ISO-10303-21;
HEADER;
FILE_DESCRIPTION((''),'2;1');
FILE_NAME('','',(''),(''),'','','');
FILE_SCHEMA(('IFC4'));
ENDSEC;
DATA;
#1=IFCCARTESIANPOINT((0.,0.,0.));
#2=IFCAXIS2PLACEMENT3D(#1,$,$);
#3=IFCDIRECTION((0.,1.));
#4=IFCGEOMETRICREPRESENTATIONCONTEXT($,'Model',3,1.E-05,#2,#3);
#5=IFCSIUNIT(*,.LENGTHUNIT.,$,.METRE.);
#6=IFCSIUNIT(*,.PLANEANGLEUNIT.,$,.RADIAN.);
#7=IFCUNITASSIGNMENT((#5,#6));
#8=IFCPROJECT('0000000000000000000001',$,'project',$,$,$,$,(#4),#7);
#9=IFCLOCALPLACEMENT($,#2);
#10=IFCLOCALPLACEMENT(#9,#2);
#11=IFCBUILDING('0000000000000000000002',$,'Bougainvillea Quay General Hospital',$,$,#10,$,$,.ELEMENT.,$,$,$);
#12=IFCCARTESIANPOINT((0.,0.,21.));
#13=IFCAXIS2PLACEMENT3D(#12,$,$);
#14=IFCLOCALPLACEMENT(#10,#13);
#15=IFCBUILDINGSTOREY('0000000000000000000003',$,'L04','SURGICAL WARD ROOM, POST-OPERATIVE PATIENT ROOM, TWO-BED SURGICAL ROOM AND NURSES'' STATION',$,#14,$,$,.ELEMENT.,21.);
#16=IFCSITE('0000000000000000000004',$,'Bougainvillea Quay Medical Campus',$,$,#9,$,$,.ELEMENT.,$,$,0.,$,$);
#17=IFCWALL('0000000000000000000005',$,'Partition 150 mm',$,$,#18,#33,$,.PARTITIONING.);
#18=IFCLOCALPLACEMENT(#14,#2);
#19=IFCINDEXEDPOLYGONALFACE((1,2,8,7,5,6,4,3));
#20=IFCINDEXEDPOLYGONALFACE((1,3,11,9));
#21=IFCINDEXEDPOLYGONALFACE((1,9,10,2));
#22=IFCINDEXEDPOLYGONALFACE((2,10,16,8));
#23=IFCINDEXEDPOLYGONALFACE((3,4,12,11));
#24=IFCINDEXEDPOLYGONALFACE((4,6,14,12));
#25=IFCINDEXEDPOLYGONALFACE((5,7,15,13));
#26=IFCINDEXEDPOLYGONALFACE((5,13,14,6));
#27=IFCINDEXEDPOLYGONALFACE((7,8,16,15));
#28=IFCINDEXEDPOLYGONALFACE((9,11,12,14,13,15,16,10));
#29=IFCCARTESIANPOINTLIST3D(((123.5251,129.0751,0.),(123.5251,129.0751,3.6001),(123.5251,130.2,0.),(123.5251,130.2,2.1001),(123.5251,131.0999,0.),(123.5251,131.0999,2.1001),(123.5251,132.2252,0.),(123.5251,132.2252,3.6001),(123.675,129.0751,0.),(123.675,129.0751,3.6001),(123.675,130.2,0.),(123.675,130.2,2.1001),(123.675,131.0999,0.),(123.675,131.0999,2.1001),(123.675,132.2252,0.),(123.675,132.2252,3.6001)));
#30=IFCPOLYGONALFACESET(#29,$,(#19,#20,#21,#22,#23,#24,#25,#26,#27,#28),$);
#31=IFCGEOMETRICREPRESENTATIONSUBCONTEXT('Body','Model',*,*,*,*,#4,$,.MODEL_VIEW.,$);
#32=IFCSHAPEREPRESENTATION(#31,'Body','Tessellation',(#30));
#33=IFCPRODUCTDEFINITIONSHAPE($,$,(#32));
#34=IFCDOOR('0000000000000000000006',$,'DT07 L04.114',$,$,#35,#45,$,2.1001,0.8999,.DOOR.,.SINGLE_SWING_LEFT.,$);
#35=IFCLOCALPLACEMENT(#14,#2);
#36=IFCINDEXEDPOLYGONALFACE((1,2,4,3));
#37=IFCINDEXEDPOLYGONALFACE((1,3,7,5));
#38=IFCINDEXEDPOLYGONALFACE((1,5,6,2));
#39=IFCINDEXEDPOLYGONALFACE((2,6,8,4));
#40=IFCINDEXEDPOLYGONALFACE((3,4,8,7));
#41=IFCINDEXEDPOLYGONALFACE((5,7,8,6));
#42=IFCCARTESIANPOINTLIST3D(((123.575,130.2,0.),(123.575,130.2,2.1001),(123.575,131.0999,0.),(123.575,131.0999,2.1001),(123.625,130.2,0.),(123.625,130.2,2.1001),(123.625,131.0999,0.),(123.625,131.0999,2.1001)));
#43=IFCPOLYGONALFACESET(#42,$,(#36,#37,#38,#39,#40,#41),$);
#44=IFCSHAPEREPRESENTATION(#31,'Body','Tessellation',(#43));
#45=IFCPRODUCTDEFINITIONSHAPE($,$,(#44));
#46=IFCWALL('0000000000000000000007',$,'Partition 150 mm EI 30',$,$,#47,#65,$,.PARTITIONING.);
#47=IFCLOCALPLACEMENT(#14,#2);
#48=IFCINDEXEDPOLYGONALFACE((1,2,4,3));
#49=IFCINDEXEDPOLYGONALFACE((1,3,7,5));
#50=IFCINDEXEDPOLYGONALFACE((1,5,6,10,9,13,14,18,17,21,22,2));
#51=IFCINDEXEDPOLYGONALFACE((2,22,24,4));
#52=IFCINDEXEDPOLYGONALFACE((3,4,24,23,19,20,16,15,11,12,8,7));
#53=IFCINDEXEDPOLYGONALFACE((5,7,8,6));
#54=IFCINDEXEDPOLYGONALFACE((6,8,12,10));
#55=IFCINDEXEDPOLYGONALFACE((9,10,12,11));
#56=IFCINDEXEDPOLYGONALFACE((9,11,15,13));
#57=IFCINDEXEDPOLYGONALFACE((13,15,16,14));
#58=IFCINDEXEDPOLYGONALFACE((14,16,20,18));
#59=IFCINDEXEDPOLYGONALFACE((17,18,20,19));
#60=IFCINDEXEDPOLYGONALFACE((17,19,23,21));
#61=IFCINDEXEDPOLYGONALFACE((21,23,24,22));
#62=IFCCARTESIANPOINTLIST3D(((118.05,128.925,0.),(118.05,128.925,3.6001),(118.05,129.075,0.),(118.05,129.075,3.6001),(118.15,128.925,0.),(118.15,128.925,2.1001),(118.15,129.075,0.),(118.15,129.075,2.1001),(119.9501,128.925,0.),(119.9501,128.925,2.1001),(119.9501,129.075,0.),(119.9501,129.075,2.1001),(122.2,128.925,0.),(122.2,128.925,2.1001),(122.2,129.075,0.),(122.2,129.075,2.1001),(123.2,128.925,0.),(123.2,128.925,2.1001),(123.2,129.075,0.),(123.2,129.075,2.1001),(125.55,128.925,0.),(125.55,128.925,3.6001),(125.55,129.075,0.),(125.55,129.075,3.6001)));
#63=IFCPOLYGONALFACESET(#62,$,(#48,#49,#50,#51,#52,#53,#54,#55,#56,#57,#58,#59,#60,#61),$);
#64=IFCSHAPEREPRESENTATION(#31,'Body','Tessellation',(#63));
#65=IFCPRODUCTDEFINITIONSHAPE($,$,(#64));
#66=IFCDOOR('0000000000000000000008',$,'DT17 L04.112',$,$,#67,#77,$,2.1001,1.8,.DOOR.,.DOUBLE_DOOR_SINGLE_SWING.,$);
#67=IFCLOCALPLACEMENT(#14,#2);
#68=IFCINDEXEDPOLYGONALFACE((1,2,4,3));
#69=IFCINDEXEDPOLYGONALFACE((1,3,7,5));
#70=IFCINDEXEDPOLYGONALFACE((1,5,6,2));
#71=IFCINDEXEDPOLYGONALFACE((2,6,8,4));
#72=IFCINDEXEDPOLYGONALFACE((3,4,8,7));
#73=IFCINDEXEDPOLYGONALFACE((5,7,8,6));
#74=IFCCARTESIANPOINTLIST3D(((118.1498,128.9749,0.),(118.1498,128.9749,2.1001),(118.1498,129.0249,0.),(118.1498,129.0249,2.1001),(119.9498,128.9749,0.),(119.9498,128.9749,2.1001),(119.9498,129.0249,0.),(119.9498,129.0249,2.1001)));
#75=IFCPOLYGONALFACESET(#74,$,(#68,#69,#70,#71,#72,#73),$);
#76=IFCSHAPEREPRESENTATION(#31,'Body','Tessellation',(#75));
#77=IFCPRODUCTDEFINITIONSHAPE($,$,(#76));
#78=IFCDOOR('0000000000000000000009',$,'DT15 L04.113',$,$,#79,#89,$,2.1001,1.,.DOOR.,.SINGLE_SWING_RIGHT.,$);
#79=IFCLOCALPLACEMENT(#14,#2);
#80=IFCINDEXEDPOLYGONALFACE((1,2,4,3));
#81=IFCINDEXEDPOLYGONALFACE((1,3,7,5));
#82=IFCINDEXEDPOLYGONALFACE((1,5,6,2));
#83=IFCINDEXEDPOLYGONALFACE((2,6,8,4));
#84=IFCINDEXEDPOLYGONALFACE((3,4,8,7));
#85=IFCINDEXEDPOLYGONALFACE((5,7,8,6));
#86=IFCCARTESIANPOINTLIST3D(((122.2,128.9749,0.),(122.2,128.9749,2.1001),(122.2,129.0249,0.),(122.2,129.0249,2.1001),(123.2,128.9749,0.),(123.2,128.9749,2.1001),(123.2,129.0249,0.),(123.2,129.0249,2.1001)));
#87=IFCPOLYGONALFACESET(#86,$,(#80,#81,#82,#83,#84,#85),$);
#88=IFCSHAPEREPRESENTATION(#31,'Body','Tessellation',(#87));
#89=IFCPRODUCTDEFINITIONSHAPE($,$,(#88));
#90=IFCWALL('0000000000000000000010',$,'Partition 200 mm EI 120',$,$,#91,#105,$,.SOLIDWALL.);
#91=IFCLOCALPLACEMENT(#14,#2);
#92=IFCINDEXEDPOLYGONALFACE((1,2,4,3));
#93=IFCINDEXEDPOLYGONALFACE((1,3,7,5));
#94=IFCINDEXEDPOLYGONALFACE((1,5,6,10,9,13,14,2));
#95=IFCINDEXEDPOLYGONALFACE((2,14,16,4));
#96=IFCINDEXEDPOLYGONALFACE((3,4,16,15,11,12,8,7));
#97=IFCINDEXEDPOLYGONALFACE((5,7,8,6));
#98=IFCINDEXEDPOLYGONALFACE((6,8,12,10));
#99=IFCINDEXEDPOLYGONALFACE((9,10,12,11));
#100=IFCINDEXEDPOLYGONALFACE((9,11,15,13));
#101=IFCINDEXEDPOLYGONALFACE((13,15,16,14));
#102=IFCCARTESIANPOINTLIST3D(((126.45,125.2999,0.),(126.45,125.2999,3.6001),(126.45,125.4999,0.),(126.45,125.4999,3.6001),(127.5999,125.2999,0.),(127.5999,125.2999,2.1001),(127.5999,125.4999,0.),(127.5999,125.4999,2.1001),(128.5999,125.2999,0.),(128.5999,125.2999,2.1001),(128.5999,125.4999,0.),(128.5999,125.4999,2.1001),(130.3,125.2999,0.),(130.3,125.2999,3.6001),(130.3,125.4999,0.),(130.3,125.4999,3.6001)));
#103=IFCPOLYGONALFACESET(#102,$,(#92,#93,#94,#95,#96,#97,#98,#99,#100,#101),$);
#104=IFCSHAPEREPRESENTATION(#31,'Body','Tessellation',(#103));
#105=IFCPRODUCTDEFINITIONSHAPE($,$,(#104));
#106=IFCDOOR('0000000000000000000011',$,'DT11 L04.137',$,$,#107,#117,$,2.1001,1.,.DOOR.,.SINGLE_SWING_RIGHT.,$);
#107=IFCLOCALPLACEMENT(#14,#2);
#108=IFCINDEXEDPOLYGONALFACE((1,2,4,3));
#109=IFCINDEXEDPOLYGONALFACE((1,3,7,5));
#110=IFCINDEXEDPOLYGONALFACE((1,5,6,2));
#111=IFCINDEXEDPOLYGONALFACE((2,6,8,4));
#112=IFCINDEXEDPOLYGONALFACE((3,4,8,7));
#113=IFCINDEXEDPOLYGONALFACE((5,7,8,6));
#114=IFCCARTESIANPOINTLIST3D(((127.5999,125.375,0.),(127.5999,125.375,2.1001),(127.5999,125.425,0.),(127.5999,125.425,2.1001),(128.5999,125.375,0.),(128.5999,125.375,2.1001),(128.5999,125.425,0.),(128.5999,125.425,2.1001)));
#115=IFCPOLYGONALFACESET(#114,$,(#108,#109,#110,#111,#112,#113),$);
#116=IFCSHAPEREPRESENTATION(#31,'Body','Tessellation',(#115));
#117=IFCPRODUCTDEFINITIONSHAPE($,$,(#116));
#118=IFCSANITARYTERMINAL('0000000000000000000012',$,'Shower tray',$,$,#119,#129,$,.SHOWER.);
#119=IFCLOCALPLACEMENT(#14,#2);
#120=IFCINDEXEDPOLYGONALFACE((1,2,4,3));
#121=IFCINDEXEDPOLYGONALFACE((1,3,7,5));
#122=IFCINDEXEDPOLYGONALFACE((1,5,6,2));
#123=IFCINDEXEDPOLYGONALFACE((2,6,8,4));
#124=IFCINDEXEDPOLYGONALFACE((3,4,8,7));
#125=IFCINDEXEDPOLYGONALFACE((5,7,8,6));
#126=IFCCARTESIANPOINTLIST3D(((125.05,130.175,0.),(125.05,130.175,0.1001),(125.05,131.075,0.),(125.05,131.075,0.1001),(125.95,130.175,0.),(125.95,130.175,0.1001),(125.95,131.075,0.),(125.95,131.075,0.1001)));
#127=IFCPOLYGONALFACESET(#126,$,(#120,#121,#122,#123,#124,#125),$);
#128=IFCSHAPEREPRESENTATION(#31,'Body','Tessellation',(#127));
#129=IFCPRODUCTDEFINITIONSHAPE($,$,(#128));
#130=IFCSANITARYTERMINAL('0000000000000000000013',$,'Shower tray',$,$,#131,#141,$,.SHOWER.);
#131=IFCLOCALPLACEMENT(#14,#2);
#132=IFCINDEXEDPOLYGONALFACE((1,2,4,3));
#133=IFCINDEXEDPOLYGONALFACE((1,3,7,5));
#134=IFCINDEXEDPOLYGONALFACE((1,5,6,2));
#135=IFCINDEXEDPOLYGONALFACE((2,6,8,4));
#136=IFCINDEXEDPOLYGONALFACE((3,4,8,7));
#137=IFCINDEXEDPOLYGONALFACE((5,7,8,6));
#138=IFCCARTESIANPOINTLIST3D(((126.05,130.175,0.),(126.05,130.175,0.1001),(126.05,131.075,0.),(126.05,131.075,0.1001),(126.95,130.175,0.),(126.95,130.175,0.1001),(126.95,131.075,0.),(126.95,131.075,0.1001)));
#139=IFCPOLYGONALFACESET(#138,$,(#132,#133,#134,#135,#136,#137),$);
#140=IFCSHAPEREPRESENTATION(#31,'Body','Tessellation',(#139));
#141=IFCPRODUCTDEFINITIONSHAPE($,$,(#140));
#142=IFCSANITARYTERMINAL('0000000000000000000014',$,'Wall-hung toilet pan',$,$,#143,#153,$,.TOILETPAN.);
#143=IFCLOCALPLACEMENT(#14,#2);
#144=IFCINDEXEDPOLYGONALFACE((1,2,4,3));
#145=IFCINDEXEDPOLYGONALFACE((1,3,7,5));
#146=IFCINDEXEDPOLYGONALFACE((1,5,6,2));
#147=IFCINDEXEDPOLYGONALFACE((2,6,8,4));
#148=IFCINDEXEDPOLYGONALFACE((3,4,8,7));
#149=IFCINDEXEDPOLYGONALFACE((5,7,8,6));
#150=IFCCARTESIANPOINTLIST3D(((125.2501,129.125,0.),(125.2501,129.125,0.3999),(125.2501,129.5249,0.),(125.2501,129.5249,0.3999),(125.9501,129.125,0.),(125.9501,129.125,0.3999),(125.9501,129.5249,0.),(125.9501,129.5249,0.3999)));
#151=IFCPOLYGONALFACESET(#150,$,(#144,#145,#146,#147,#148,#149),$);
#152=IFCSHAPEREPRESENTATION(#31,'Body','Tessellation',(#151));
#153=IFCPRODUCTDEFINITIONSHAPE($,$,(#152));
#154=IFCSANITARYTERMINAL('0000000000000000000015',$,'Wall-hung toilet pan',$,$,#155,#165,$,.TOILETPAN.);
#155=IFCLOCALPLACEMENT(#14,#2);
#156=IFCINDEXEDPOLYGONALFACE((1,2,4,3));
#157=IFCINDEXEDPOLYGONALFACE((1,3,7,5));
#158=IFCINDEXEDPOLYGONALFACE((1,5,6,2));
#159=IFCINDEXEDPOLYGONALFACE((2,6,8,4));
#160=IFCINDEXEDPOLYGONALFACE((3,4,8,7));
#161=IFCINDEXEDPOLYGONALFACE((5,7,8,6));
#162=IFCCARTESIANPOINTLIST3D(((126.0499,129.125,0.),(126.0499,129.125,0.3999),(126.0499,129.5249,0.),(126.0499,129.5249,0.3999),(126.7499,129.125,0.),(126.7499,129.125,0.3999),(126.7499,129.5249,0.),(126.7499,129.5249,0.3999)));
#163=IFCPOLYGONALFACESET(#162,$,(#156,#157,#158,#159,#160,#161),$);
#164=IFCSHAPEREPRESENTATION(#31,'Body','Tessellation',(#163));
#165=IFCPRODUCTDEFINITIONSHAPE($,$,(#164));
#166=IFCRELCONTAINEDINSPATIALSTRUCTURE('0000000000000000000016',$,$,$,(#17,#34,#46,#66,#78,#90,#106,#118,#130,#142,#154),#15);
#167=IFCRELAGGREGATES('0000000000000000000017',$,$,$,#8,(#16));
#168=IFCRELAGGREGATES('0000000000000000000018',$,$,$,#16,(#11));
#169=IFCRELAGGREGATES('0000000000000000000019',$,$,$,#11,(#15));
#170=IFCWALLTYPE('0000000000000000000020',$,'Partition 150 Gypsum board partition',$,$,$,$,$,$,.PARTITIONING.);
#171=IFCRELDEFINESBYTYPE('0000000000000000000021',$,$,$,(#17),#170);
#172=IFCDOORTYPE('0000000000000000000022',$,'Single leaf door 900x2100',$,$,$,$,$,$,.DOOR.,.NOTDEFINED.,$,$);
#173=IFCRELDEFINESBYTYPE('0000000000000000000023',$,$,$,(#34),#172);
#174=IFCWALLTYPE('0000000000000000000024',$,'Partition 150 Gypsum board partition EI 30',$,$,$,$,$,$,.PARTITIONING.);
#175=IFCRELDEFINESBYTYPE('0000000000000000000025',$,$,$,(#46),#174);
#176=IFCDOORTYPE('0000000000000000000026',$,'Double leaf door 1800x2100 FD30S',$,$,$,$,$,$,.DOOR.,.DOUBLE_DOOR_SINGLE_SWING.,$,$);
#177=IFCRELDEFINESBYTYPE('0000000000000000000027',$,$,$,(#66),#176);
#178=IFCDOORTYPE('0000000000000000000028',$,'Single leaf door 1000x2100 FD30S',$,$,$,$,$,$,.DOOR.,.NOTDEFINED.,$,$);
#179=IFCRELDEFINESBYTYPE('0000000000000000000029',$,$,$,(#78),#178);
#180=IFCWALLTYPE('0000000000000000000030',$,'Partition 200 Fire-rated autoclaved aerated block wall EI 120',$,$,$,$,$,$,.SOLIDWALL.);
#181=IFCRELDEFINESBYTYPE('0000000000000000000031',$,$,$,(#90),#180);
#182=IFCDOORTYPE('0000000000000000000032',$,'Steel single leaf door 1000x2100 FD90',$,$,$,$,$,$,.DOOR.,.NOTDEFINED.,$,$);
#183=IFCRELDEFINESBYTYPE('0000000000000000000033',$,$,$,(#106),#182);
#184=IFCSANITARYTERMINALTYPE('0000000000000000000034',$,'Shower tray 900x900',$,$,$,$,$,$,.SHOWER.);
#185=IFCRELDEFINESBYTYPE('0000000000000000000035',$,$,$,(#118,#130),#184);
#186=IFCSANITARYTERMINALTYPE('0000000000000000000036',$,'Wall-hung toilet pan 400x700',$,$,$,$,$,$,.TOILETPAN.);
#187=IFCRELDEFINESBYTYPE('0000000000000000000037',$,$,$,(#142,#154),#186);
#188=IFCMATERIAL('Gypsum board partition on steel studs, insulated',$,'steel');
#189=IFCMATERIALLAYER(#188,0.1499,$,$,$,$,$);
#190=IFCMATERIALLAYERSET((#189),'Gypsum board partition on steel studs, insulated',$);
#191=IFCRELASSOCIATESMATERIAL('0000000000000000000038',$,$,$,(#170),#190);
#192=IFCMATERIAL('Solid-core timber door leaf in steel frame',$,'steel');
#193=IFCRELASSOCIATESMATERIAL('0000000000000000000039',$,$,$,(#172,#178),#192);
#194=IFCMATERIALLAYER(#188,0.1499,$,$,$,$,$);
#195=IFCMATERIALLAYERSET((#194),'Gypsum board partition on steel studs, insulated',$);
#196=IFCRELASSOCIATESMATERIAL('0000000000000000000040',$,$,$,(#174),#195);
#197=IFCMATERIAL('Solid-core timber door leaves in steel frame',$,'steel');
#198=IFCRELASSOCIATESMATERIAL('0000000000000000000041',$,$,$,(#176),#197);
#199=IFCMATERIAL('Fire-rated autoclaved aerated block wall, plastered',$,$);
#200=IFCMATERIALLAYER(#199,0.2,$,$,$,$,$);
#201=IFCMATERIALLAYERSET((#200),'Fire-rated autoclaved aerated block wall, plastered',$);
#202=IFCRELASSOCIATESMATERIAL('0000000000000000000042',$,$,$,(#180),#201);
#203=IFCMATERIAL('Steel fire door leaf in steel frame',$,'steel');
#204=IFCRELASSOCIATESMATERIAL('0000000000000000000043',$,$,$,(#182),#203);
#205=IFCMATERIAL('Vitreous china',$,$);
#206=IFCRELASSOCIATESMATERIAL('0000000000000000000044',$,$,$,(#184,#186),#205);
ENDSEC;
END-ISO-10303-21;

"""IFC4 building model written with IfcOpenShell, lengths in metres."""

from ifc_helpers import new_model, si_unit, direction, frame, frame_2d, origin, origin_2d, place, context, subcontext, project, spatial, rectangle, extrude, material, layer, layer_set, type_object, element, fill, save


model = new_model("IFC4")

# Units and contexts
model_context = context("Model", 3, precision=1e-05, world=origin(), true_north=direction((0.0, 1.0)))
body_context = subcontext(model_context, "Body", "Model", "MODEL_VIEW")
ifc_project = project(units=[si_unit("LENGTHUNIT", "METRE"), si_unit("PLANEANGLEUNIT", "RADIAN")], contexts=[model_context])

# Site, building, storey
site_placement = place(None, origin())
site = spatial("IfcSite", under=ifc_project, at=site_placement, Name="Bougainvillea Quay Medical Campus", CompositionType="ELEMENT", RefElevation=0.0)
building_placement = place(site_placement, origin())
building = spatial("IfcBuilding", under=site, at=building_placement, Name="Bougainvillea Quay General Hospital", CompositionType="ELEMENT")
storey_placement = place(building_placement, frame((0.0, 0.0, 21.0)))
storey = spatial("IfcBuildingStorey", under=building, at=storey_placement, Name="L04", Description="SURGICAL WARD ROOM, POST-OPERATIVE PATIENT ROOM, TWO-BED SURGICAL ROOM AND NURSES' STATION", CompositionType="ELEMENT", Elevation=21.0)

# Shared definitions
ifc_material_1 = material(Name="Gypsum board partition on steel studs, insulated", Category="steel")
ifc_layer_1 = layer(ifc_material_1, 0.1499)
ifc_layer_set_1 = layer_set([ifc_layer_1], Name="Gypsum board partition on steel studs, insulated")
wall_type_1 = type_object("IfcWallType", Name="Partition 150 Gypsum board partition", PredefinedType="PARTITIONING", material=ifc_layer_set_1)

# Wall, opening, door
wall_1_placement = place(storey_placement, frame((123.6001, 129.075, 0.0), z_axis=(0.0, 0.0, 1.0), x_axis=(0.0, 1.0, 0.0)))
wall_1 = element("IfcWall", 1, at=wall_1_placement, inside=storey, type_object=wall_type_1, Name="Partition 150 mm", PredefinedType="PARTITIONING", context=body_context, shape_type="SweptSolid", body=[
    extrude(rectangle(XDim=3.1501, YDim=0.1499, at=frame_2d((1.5752, 0.0))), origin(), (0.0, 0.0, 1.0), 3.6001),
])
opening_1_placement = place(wall_1_placement, frame((1.125, 0.0, 0.0)))
opening_1 = element("IfcOpeningElement", 2, at=opening_1_placement, cuts=wall_1, PredefinedType="OPENING", context=body_context, shape_type="SweptSolid", body=[
    extrude(rectangle(XDim=0.8999, YDim=2.1001, at=frame_2d((0.45, 1.05))), frame((0.0, 0.085, 0.0), z_axis=(0.0, -1.0, 0.0), x_axis=(1.0, 0.0, 0.0)), (0.0, 0.0, 1.0), 0.1699),
])
ifc_material_2 = material(Name="Solid-core timber door leaf in steel frame", Category="steel")
door_type_1 = type_object("IfcDoorType", Name="Single leaf door 900x2100", OperationType="NOTDEFINED", PredefinedType="DOOR", material=ifc_material_2)
door_1_placement = place(opening_1_placement, frame((0.8999, 0.0, 0.0), z_axis=(0.0, 0.0, 1.0), x_axis=(-1.0, 0.0, 0.0)))
door_1 = element("IfcDoor", 3, at=door_1_placement, inside=storey, type_object=door_type_1, Name="DT07 L04.114", OperationType="SINGLE_SWING_LEFT", OverallHeight=2.1001, OverallWidth=0.8999, PredefinedType="DOOR", context=body_context, shape_type="SweptSolid", body=[
    extrude(rectangle(XDim=0.8999, YDim=2.1001, at=frame_2d((0.45, 1.05))), frame((0.0, 0.0249, 0.0), z_axis=(0.0, -1.0, 0.0), x_axis=(1.0, 0.0, 0.0)), (0.0, 0.0, 1.0), 0.05),
])
fill(opening_1, door_1)

# Wall, openings, doors
ifc_layer_2 = layer(ifc_material_1, 0.1499)
ifc_layer_set_2 = layer_set([ifc_layer_2], Name="Gypsum board partition on steel studs, insulated")
wall_type_2 = type_object("IfcWallType", Name="Partition 150 Gypsum board partition EI 30", PredefinedType="PARTITIONING", material=ifc_layer_set_2)
wall_2_placement = place(storey_placement, frame((125.55, 129.0, 0.0), z_axis=(0.0, 0.0, 1.0), x_axis=(-1.0, 0.0, 0.0)))
wall_2 = element("IfcWall", 4, at=wall_2_placement, inside=storey, type_object=wall_type_2, Name="Partition 150 mm EI 30", PredefinedType="PARTITIONING", context=body_context, shape_type="SweptSolid", body=[
    extrude(rectangle(XDim=7.5, YDim=0.1499, at=frame_2d((3.75, 0.0))), origin(), (0.0, 0.0, 1.0), 3.6001),
])
opening_2_placement = place(wall_2_placement, frame((5.6001, 0.0, 0.0)))
opening_2 = element("IfcOpeningElement", 5, at=opening_2_placement, cuts=wall_2, PredefinedType="OPENING", context=body_context, shape_type="SweptSolid", body=[
    extrude(rectangle(XDim=1.8, YDim=2.1001, at=frame_2d((0.8999, 1.05))), frame((0.0, 0.085, 0.0), z_axis=(0.0, -1.0, 0.0), x_axis=(1.0, 0.0, 0.0)), (0.0, 0.0, 1.0), 0.1699),
])
opening_3_placement = place(wall_2_placement, frame((2.3501, 0.0, 0.0)))
opening_3 = element("IfcOpeningElement", 6, at=opening_3_placement, cuts=wall_2, PredefinedType="OPENING", context=body_context, shape_type="SweptSolid", body=[
    extrude(rectangle(XDim=1.0, YDim=2.1001, at=frame_2d((0.5, 1.05))), frame((0.0, 0.085, 0.0), z_axis=(0.0, -1.0, 0.0), x_axis=(1.0, 0.0, 0.0)), (0.0, 0.0, 1.0), 0.1699),
])
ifc_material_3 = material(Name="Solid-core timber door leaves in steel frame", Category="steel")
door_type_2 = type_object("IfcDoorType", Name="Double leaf door 1800x2100 FD30S", OperationType="DOUBLE_DOOR_SINGLE_SWING", PredefinedType="DOOR", material=ifc_material_3)
door_2_placement = place(opening_2_placement, frame((1.8, 0.0, 0.0), z_axis=(0.0, 0.0, 1.0), x_axis=(-1.0, 0.0, 0.0)))
door_2 = element("IfcDoor", 7, at=door_2_placement, inside=storey, type_object=door_type_2, Name="DT17 L04.112", OperationType="DOUBLE_DOOR_SINGLE_SWING", OverallHeight=2.1001, OverallWidth=1.8, PredefinedType="DOOR", context=body_context, shape_type="SweptSolid", body=[
    extrude(rectangle(XDim=1.8, YDim=2.1001, at=frame_2d((0.8999, 1.05))), frame((0.0, 0.0249, 0.0), z_axis=(0.0, -1.0, 0.0), x_axis=(1.0, 0.0, 0.0)), (0.0, 0.0, 1.0), 0.05),
])
fill(opening_2, door_2)
door_type_3 = type_object("IfcDoorType", Name="Single leaf door 1000x2100 FD30S", OperationType="NOTDEFINED", PredefinedType="DOOR", material=ifc_material_2)
door_3_placement = place(opening_3_placement, frame((1.0, 0.0, 0.0), z_axis=(0.0, 0.0, 1.0), x_axis=(-1.0, 0.0, 0.0)))
door_3 = element("IfcDoor", 8, at=door_3_placement, inside=storey, type_object=door_type_3, Name="DT15 L04.113", OperationType="SINGLE_SWING_RIGHT", OverallHeight=2.1001, OverallWidth=1.0, PredefinedType="DOOR", context=body_context, shape_type="SweptSolid", body=[
    extrude(rectangle(XDim=1.0, YDim=2.1001, at=frame_2d((0.5, 1.05))), frame((0.0, 0.0249, 0.0), z_axis=(0.0, -1.0, 0.0), x_axis=(1.0, 0.0, 0.0)), (0.0, 0.0, 1.0), 0.05),
])
fill(opening_3, door_3)

# Wall, opening, door
ifc_material_4 = material(Name="Fire-rated autoclaved aerated block wall, plastered")
ifc_layer_3 = layer(ifc_material_4, 0.2)
ifc_layer_set_3 = layer_set([ifc_layer_3], Name="Fire-rated autoclaved aerated block wall, plastered")
wall_type_3 = type_object("IfcWallType", Name="Partition 200 Fire-rated autoclaved aerated block wall EI 120", PredefinedType="SOLIDWALL", material=ifc_layer_set_3)
wall_3_placement = place(storey_placement, frame((126.45, 125.3999, 0.0), z_axis=(0.0, 0.0, 1.0), x_axis=(1.0, 0.0, 0.0)))
wall_3 = element("IfcWall", 9, at=wall_3_placement, inside=storey, type_object=wall_type_3, Name="Partition 200 mm EI 120", PredefinedType="SOLIDWALL", context=body_context, shape_type="SweptSolid", body=[
    extrude(rectangle(XDim=3.8501, YDim=0.2, at=frame_2d((1.925, 0.0))), origin(), (0.0, 0.0, 1.0), 3.6001),
])
opening_4_placement = place(wall_3_placement, frame((1.1499, 0.0, 0.0)))
opening_4 = element("IfcOpeningElement", 10, at=opening_4_placement, cuts=wall_3, PredefinedType="OPENING", context=body_context, shape_type="SweptSolid", body=[
    extrude(rectangle(XDim=1.0, YDim=2.1001, at=frame_2d((0.5, 1.05))), frame((0.0, 0.1099, 0.0), z_axis=(0.0, -1.0, 0.0), x_axis=(1.0, 0.0, 0.0)), (0.0, 0.0, 1.0), 0.22),
])
ifc_material_5 = material(Name="Steel fire door leaf in steel frame", Category="steel")
door_type_4 = type_object("IfcDoorType", Name="Steel single leaf door 1000x2100 FD90", OperationType="NOTDEFINED", PredefinedType="DOOR", material=ifc_material_5)
door_4_placement = place(opening_4_placement, frame((1.0, 0.0, 0.0), z_axis=(0.0, 0.0, 1.0), x_axis=(-1.0, 0.0, 0.0)))
door_4 = element("IfcDoor", 11, at=door_4_placement, inside=storey, type_object=door_type_4, Name="DT11 L04.137", OperationType="SINGLE_SWING_RIGHT", OverallHeight=2.1001, OverallWidth=1.0, PredefinedType="DOOR", context=body_context, shape_type="SweptSolid", body=[
    extrude(rectangle(XDim=1.0, YDim=2.1001, at=frame_2d((0.5, 1.05))), frame((0.0, 0.0249, 0.0), z_axis=(0.0, -1.0, 0.0), x_axis=(1.0, 0.0, 0.0)), (0.0, 0.0, 1.0), 0.05),
])
fill(opening_4, door_4)

# Sanitary terminals
ifc_material_6 = material(Name="Vitreous china")
sanitary_terminal_type_1 = type_object("IfcSanitaryTerminalType", Name="Shower tray 900x900", PredefinedType="SHOWER", material=ifc_material_6)
for number, where, z_axis, x_axis, name in (
    (12, (125.5, 130.625, 0.0), (0.0, 0.0, 1.0), (0.0, -1.0, 0.0), "Shower tray"),
    (13, (126.5, 130.625, 0.0), (0.0, 0.0, 1.0), (0.0, 1.0, 0.0), "Shower tray"),
):
    element("IfcSanitaryTerminal", number, at=place(storey_placement, frame(where, z_axis=z_axis, x_axis=x_axis)), inside=storey, type_object=sanitary_terminal_type_1, Name=name, PredefinedType="SHOWER", context=body_context, shape_type="SweptSolid", body=[
        extrude(rectangle(XDim=0.8999, YDim=0.8999, at=origin_2d()), origin(), (0.0, 0.0, 1.0), 0.1001),
    ])
sanitary_terminal_type_2 = type_object("IfcSanitaryTerminalType", Name="Wall-hung toilet pan 400x700", PredefinedType="TOILETPAN", material=ifc_material_6)
for number, where, z_axis, x_axis, name in (
    (14, (125.6001, 129.325, 0.0), (0.0, 0.0, 1.0), (0.0, -1.0, 0.0), "Wall-hung toilet pan"),
    (15, (126.3999, 129.325, 0.0), (0.0, 0.0, 1.0), (0.0, 1.0, 0.0), "Wall-hung toilet pan"),
):
    element("IfcSanitaryTerminal", number, at=place(storey_placement, frame(where, z_axis=z_axis, x_axis=x_axis)), inside=storey, type_object=sanitary_terminal_type_2, Name=name, PredefinedType="TOILETPAN", context=body_context, shape_type="SweptSolid", body=[
        extrude(rectangle(XDim=0.3999, YDim=0.7, at=origin_2d()), origin(), (0.0, 0.0, 1.0), 0.3999),
    ])

save(model, "model.ifc")
